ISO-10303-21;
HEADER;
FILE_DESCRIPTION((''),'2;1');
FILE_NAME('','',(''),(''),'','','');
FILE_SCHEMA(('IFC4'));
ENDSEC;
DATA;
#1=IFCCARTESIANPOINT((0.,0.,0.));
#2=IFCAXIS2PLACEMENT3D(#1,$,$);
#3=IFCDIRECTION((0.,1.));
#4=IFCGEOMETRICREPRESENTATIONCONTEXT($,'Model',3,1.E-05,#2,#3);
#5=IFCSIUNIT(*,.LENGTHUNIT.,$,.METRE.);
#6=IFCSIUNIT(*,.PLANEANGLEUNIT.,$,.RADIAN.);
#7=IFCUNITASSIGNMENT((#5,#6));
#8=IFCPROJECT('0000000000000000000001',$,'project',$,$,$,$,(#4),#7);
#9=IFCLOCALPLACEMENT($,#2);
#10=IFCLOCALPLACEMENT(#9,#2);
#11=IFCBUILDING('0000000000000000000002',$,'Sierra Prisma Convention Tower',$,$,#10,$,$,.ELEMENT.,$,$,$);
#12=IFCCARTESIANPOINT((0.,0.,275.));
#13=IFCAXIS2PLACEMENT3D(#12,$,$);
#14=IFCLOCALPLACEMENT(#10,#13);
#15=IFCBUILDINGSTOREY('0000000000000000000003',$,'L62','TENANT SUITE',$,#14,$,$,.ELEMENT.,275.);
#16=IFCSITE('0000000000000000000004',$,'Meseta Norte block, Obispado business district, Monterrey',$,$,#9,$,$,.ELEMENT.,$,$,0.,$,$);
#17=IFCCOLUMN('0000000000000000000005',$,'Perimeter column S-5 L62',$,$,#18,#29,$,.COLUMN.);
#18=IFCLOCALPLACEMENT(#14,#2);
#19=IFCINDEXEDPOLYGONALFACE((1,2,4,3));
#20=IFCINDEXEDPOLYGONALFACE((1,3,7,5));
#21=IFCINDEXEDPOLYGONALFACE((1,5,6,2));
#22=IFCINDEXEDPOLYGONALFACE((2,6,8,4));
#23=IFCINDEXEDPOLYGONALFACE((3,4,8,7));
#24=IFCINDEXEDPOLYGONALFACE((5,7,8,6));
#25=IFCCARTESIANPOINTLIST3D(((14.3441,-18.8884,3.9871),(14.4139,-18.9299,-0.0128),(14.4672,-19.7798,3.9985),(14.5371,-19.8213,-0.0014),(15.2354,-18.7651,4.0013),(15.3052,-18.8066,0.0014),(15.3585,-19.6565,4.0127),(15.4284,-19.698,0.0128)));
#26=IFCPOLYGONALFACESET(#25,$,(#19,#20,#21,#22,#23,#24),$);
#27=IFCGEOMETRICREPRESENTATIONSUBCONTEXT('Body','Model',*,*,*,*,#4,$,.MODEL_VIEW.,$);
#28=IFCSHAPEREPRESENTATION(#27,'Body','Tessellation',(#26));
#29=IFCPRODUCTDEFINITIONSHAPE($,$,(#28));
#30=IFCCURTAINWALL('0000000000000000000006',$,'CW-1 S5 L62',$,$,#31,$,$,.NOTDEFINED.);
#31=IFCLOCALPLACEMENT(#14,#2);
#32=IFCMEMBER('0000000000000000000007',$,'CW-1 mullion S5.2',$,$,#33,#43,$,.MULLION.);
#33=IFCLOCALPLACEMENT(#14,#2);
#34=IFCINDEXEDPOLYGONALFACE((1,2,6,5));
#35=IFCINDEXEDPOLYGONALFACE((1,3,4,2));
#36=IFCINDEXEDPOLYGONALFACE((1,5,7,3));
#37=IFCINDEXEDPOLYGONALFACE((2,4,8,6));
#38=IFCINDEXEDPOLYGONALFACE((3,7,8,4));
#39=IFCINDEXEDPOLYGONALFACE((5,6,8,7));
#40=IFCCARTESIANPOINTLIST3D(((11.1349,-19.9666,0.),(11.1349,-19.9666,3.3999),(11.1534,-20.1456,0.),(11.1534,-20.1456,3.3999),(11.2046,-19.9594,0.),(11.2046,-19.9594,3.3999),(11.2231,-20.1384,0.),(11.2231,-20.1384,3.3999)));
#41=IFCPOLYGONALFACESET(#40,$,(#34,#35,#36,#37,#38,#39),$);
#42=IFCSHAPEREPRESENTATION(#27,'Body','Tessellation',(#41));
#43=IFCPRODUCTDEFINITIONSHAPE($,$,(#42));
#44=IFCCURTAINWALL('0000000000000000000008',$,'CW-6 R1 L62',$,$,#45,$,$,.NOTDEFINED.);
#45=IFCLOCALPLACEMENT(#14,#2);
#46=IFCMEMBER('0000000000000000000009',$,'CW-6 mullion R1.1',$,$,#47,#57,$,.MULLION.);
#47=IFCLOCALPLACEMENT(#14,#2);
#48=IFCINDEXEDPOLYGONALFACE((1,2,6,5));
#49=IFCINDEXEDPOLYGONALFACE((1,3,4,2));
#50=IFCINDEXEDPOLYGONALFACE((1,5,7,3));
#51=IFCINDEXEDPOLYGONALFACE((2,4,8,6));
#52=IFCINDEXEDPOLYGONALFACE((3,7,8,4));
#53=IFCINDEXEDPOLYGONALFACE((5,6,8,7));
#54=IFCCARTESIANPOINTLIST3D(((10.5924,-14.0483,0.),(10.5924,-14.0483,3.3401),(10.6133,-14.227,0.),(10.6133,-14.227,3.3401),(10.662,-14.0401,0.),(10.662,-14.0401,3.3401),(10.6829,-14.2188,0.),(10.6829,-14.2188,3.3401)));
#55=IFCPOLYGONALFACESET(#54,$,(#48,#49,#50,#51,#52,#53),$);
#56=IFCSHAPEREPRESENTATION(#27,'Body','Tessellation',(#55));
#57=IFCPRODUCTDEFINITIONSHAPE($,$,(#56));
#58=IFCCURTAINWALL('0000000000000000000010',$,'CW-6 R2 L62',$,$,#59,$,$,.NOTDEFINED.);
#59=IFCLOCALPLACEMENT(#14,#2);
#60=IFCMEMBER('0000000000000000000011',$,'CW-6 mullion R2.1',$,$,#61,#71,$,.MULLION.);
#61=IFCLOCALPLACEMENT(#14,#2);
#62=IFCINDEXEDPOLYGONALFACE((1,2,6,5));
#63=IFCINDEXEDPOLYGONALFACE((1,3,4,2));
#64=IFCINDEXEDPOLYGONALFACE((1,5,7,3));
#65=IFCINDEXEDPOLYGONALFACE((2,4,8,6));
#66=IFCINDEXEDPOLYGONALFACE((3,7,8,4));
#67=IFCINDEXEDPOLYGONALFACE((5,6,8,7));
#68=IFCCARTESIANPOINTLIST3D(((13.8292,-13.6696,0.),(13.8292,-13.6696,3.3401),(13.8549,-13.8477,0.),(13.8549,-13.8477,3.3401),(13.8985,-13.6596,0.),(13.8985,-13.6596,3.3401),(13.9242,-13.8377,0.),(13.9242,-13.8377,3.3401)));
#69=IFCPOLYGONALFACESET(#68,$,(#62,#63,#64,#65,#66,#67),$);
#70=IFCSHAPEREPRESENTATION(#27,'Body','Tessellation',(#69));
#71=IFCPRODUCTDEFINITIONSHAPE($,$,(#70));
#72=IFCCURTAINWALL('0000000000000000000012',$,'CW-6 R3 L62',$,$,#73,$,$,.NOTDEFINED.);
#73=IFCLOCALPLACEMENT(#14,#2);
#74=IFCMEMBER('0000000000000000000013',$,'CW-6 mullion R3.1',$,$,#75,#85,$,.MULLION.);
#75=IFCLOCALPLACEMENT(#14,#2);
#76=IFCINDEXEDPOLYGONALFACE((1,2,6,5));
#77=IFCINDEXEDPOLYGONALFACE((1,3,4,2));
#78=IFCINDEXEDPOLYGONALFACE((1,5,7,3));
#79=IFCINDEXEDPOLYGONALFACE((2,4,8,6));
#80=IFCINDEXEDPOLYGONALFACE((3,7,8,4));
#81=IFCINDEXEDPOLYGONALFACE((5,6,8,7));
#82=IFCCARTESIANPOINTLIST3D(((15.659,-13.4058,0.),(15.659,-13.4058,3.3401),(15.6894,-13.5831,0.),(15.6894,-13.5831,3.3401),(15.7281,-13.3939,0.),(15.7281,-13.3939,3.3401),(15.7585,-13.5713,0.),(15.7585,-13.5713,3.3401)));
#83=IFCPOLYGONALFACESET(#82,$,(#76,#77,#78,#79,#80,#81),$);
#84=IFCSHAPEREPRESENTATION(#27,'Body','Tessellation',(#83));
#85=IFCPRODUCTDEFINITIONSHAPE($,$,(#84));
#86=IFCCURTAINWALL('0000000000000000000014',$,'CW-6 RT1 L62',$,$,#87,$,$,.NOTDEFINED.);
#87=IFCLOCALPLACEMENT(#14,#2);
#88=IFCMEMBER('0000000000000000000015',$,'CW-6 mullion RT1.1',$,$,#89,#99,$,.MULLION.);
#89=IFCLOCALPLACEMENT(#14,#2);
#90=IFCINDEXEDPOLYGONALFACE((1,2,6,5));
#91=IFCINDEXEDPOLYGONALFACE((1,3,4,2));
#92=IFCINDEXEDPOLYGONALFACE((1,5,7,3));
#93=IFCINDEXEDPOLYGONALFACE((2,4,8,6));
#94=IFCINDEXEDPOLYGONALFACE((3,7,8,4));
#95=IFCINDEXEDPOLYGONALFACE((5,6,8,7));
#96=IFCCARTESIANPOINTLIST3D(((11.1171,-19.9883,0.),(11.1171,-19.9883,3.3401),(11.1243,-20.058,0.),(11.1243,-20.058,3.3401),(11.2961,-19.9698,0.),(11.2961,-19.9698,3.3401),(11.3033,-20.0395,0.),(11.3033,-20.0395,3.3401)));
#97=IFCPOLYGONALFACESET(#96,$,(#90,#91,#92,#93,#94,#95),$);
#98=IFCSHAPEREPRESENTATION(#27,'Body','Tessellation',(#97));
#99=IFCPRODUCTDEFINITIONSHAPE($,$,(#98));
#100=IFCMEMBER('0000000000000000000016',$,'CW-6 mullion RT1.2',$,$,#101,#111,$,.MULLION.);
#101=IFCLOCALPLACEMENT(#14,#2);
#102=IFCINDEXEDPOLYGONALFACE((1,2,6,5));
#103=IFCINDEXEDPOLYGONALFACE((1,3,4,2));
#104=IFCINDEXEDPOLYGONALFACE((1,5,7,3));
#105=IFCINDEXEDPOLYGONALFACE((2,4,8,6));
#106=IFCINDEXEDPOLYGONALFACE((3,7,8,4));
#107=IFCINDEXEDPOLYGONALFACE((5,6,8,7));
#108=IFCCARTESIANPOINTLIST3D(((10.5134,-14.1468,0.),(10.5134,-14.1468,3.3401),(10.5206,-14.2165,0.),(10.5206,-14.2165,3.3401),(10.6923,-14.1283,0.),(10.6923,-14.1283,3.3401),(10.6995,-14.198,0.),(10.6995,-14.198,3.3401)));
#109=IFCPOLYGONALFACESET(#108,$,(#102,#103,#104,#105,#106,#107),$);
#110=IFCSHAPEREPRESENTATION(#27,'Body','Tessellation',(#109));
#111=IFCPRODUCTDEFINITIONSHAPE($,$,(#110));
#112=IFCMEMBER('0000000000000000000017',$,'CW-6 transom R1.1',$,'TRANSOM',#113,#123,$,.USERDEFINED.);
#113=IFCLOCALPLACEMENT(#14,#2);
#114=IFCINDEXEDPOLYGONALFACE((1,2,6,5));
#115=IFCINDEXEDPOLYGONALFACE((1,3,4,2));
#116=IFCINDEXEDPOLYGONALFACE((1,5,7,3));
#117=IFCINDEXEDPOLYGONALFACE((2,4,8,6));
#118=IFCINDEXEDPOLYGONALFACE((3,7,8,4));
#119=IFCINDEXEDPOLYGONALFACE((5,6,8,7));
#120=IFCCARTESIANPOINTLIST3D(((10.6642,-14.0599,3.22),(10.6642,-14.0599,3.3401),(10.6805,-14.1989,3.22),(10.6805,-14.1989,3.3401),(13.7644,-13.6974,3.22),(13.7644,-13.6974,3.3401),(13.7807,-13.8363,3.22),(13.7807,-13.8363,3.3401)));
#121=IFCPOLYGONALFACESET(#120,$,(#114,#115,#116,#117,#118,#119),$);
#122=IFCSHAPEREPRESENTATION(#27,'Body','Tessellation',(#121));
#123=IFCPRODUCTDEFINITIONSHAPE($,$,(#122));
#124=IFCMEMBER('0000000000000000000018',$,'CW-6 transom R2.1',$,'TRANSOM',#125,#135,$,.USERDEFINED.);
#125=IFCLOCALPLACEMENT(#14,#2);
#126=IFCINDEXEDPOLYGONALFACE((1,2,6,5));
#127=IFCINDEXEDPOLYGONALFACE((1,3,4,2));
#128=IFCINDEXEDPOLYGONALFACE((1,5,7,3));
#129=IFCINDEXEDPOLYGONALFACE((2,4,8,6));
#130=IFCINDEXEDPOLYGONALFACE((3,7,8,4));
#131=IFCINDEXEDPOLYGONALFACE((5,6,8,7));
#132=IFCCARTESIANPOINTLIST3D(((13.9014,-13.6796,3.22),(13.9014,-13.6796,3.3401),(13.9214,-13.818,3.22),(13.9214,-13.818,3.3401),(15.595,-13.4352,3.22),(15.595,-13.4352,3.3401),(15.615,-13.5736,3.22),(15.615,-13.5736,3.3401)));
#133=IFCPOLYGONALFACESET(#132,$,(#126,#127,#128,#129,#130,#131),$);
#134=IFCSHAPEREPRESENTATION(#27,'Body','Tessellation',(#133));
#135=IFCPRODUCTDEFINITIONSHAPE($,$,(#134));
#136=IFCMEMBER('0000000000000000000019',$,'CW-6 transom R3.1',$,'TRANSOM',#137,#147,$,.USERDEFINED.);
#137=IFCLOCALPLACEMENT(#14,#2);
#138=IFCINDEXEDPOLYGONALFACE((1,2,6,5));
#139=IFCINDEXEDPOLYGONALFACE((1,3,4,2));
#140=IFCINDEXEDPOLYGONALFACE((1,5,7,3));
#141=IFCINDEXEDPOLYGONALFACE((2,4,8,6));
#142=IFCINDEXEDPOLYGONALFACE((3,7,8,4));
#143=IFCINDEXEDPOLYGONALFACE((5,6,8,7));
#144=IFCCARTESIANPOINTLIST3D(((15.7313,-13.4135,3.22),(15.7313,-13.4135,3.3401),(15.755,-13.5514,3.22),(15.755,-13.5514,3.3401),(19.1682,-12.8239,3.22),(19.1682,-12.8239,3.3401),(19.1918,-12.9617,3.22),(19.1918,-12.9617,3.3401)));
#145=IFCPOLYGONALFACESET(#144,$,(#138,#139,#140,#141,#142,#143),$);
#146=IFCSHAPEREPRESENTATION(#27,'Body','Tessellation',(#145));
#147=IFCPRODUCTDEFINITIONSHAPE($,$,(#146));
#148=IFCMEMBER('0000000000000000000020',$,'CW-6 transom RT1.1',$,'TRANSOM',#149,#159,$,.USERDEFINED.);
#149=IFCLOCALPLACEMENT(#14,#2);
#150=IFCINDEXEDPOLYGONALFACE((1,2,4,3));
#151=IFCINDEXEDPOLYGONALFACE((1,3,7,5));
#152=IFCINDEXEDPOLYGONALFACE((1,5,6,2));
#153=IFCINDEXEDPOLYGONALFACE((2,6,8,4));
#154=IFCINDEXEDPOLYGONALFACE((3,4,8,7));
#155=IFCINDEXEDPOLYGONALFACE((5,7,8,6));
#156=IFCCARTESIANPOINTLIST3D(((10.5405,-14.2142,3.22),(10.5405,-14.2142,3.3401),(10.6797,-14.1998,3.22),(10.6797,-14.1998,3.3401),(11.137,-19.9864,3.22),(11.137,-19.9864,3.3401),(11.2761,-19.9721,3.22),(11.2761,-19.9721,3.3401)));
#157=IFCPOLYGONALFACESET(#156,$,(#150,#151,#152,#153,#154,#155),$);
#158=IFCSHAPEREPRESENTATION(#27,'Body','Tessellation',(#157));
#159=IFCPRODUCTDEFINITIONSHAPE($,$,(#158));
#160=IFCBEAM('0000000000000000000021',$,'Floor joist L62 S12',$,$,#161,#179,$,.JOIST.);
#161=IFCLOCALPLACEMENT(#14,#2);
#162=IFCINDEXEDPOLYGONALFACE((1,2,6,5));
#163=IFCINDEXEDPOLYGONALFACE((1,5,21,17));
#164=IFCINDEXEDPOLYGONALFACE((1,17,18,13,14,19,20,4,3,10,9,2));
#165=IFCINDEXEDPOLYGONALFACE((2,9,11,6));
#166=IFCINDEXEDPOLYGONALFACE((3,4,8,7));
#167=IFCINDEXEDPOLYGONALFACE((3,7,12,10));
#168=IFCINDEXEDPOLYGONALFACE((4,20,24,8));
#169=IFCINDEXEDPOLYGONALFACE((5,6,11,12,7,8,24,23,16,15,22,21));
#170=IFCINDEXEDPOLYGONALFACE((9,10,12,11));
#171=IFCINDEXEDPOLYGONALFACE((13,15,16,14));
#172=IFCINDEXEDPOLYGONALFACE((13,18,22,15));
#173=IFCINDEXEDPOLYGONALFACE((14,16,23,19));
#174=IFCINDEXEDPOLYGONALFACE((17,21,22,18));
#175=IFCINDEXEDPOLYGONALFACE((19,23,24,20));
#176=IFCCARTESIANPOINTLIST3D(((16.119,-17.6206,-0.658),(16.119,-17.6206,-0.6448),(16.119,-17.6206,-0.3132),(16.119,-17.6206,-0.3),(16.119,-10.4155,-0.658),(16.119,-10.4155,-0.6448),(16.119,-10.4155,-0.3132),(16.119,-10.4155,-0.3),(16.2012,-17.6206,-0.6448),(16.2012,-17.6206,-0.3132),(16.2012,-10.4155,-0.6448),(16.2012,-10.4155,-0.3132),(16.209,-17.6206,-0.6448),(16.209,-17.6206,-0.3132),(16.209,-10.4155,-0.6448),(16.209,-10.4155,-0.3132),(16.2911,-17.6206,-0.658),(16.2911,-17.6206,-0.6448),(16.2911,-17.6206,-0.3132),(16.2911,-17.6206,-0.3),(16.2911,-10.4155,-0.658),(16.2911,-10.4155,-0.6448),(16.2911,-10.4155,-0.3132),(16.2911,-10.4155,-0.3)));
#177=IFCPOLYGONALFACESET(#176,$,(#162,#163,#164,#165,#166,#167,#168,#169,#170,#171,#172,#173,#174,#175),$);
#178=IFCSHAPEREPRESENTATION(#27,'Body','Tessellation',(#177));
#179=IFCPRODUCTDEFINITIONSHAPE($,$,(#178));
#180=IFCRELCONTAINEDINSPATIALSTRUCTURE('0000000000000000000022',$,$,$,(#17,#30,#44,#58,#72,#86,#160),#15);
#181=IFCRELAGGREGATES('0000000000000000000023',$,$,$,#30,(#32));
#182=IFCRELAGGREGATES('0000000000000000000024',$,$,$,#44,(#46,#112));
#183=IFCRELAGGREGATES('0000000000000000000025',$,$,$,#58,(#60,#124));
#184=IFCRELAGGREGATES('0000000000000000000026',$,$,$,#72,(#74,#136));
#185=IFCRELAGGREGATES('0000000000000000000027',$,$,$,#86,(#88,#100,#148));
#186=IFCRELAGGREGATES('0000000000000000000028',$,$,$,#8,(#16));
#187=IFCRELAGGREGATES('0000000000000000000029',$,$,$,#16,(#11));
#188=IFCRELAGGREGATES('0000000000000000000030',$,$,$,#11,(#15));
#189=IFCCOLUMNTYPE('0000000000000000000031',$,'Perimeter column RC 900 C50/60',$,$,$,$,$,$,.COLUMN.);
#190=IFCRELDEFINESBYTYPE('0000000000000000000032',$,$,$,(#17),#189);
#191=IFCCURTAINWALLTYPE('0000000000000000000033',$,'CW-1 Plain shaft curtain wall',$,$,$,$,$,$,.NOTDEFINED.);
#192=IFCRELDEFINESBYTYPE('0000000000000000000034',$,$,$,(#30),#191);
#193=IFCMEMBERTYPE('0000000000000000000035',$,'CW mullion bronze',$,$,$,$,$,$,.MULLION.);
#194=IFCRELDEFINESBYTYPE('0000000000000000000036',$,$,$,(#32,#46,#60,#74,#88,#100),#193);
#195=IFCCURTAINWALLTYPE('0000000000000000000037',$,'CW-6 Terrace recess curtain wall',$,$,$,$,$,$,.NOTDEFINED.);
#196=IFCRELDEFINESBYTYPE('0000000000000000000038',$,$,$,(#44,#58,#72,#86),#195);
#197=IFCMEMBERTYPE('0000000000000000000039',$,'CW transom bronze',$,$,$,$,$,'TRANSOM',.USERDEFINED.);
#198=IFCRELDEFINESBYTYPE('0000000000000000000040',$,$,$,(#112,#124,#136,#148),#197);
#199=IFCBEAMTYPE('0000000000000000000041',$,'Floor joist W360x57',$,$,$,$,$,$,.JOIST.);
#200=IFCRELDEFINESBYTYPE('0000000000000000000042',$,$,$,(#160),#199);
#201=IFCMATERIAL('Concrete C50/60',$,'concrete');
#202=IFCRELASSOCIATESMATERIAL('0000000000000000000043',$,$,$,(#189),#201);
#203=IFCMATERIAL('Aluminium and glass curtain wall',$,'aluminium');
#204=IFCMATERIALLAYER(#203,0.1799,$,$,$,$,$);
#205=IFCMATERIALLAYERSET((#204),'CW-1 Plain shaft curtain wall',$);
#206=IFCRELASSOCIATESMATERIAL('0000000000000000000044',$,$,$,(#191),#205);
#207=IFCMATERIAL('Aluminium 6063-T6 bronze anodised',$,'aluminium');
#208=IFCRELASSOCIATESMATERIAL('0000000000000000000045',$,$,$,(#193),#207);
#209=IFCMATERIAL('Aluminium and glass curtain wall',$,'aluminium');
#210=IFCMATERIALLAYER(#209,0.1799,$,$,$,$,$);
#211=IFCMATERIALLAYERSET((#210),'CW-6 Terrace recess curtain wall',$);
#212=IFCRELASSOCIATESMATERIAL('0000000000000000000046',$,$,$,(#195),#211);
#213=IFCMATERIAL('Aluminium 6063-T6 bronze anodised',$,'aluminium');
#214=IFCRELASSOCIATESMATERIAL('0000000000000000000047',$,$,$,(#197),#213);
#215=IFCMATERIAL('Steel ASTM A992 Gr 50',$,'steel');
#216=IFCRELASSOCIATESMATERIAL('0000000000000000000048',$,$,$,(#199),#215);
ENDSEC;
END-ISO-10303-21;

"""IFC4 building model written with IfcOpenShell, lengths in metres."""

from ifc_helpers import new_model, si_unit, direction, frame, origin, origin_2d, place, context, subcontext, project, spatial, rectangle, i_section, extrude, material, layer, layer_set, material_profile, profile_set, type_object, element, aggregate, save


model = new_model("IFC4")

# Units and contexts
model_context = context("Model", 3, precision=1e-05, world=origin(), true_north=direction((0.0, 1.0)))
body_context = subcontext(model_context, "Body", "Model", "MODEL_VIEW")
ifc_project = project(units=[si_unit("LENGTHUNIT", "METRE"), si_unit("PLANEANGLEUNIT", "RADIAN")], contexts=[model_context])

# Site, building, storey
site_placement = place(None, origin())
site = spatial("IfcSite", under=ifc_project, at=site_placement, Name="Meseta Norte block, Obispado business district, Monterrey", CompositionType="ELEMENT", RefElevation=0.0)
building_placement = place(site_placement, origin())
building = spatial("IfcBuilding", under=site, at=building_placement, Name="Sierra Prisma Convention Tower", CompositionType="ELEMENT")
storey_placement = place(building_placement, frame((0.0, 0.0, 275.0)))
storey = spatial("IfcBuildingStorey", under=building, at=storey_placement, Name="L62", Description="TENANT SUITE", CompositionType="ELEMENT", Elevation=275.0)

# Column
ifc_material_1 = material(Name="Concrete C50/60", Category="concrete")
ifc_material_profile_1 = material_profile(ifc_material_1, rectangle(XDim=0.8999, YDim=0.8999, at=origin_2d()), Name="Perimeter column RC 900 C50/60")
ifc_profile_set_1 = profile_set([ifc_material_profile_1], Name="Concrete C50/60")
column_type = type_object("IfcColumnType", Name="Perimeter column RC 900 C50/60", PredefinedType="COLUMN", material=ifc_profile_set_1)
column_placement = place(storey_placement, frame((14.9211, -19.314, 0.0), z_axis=(-0.017452, 0.010374, 0.999794), x_axis=(0.990437, 0.137048, 0.015867)))
element("IfcColumn", 1, at=column_placement, inside=storey, type_object=column_type, Name="Perimeter column S-5 L62", PredefinedType="COLUMN", context=body_context, shape_type="SweptSolid", body=[
    extrude(rectangle(XDim=0.8999, YDim=0.8999, at=origin_2d()), origin(), (0.0, 0.0, 1.0), 4.0007),
])

# Curtain walls, members
ifc_material_2 = material(Name="Aluminium and glass curtain wall", Category="aluminium")
ifc_layer_1 = layer(ifc_material_2, 0.1799)
ifc_layer_set_1 = layer_set([ifc_layer_1], Name="CW-1 Plain shaft curtain wall")
curtain_wall_type_1 = type_object("IfcCurtainWallType", Name="CW-1 Plain shaft curtain wall", PredefinedType="NOTDEFINED", material=ifc_layer_set_1)
curtain_wall_1_placement = place(storey_placement, origin())
curtain_wall_1 = element("IfcCurtainWall", 2, at=curtain_wall_1_placement, inside=storey, type_object=curtain_wall_type_1, Name="CW-1 S5 L62", PredefinedType="NOTDEFINED")
ifc_material_3 = material(Name="Aluminium 6063-T6 bronze anodised", Category="aluminium")
ifc_material_profile_2 = material_profile(ifc_material_3, rectangle(XDim=0.1799, YDim=0.0701, at=origin_2d()), Name="ALU MULLION 70x180")
ifc_profile_set_2 = profile_set([ifc_material_profile_2], Name="Aluminium 6063-T6 bronze anodised")
member_type_1 = type_object("IfcMemberType", Name="CW mullion bronze", PredefinedType="MULLION", material=ifc_profile_set_2)
member_1_placement = place(storey_placement, frame((11.179, -20.0525, 0.0), z_axis=(0.0, 0.0, 1.0), x_axis=(-0.102799, 0.994702, 0.0)))
member_1 = element("IfcMember", 3, at=member_1_placement, type_object=member_type_1, Name="CW-1 mullion S5.2", PredefinedType="MULLION", context=body_context, shape_type="SweptSolid", body=[
    extrude(rectangle(XDim=0.1799, YDim=0.0701, at=origin_2d()), origin(), (0.0, 0.0, 1.0), 3.3999),
])
ifc_material_4 = material(Name="Aluminium and glass curtain wall", Category="aluminium")
ifc_layer_2 = layer(ifc_material_4, 0.1799)
ifc_layer_set_2 = layer_set([ifc_layer_2], Name="CW-6 Terrace recess curtain wall")
curtain_wall_type_2 = type_object("IfcCurtainWallType", Name="CW-6 Terrace recess curtain wall", PredefinedType="NOTDEFINED", material=ifc_layer_set_2)
curtain_wall_2_placement = place(storey_placement, origin())
curtain_wall_2 = element("IfcCurtainWall", 4, at=curtain_wall_2_placement, inside=storey, type_object=curtain_wall_type_2, Name="CW-6 R1 L62", PredefinedType="NOTDEFINED")
member_2_placement = place(storey_placement, frame((10.6377, -14.1335, 0.0), z_axis=(0.0, 0.0, 1.0), x_axis=(-0.11615, 0.993232, 0.0)))
member_2 = element("IfcMember", 5, at=member_2_placement, type_object=member_type_1, Name="CW-6 mullion R1.1", PredefinedType="MULLION", context=body_context, shape_type="SweptSolid", body=[
    extrude(rectangle(XDim=0.1799, YDim=0.0701, at=origin_2d()), origin(), (0.0, 0.0, 1.0), 3.3401),
])
curtain_wall_3_placement = place(storey_placement, origin())
curtain_wall_3 = element("IfcCurtainWall", 6, at=curtain_wall_3_placement, inside=storey, type_object=curtain_wall_type_2, Name="CW-6 R2 L62", PredefinedType="NOTDEFINED")
member_3_placement = place(storey_placement, frame((13.8767, -13.7537, 0.0), z_axis=(0.0, 0.0, 1.0), x_axis=(-0.142788, 0.989753, 0.0)))
member_3 = element("IfcMember", 7, at=member_3_placement, type_object=member_type_1, Name="CW-6 mullion R2.1", PredefinedType="MULLION", context=body_context, shape_type="SweptSolid", body=[
    extrude(rectangle(XDim=0.1799, YDim=0.0701, at=origin_2d()), origin(), (0.0, 0.0, 1.0), 3.3401),
])
curtain_wall_4_placement = place(storey_placement, origin())
curtain_wall_4 = element("IfcCurtainWall", 8, at=curtain_wall_4_placement, inside=storey, type_object=curtain_wall_type_2, Name="CW-6 R3 L62", PredefinedType="NOTDEFINED")
member_4_placement = place(storey_placement, frame((15.7087, -13.4885, 0.0), z_axis=(0.0, 0.0, 1.0), x_axis=(-0.16914, 0.985592, 0.0)))
member_4 = element("IfcMember", 9, at=member_4_placement, type_object=member_type_1, Name="CW-6 mullion R3.1", PredefinedType="MULLION", context=body_context, shape_type="SweptSolid", body=[
    extrude(rectangle(XDim=0.1799, YDim=0.0701, at=origin_2d()), origin(), (0.0, 0.0, 1.0), 3.3401),
])

# Curtain wall, members
curtain_wall_5_placement = place(storey_placement, origin())
curtain_wall_5 = element("IfcCurtainWall", 10, at=curtain_wall_5_placement, inside=storey, type_object=curtain_wall_type_2, Name="CW-6 RT1 L62", PredefinedType="NOTDEFINED")
member_5_placement = place(storey_placement, frame((11.2102, -20.0139, 0.0), z_axis=(0.0, 0.0, 1.0), x_axis=(-0.994702, -0.102799, 0.0)))
member_5 = element("IfcMember", 11, at=member_5_placement, type_object=member_type_1, Name="CW-6 mullion RT1.1", PredefinedType="MULLION", context=body_context, shape_type="SweptSolid", body=[
    extrude(rectangle(XDim=0.1799, YDim=0.0701, at=origin_2d()), origin(), (0.0, 0.0, 1.0), 3.3401),
])
member_6_placement = place(storey_placement, frame((10.6064, -14.1724, 0.0), z_axis=(0.0, 0.0, 1.0), x_axis=(-0.994702, -0.102799, 0.0)))
member_6 = element("IfcMember", 12, at=member_6_placement, type_object=member_type_1, Name="CW-6 mullion RT1.2", PredefinedType="MULLION", context=body_context, shape_type="SweptSolid", body=[
    extrude(rectangle(XDim=0.1799, YDim=0.0701, at=origin_2d()), origin(), (0.0, 0.0, 1.0), 3.3401),
])

# Members
ifc_material_5 = material(Name="Aluminium 6063-T6 bronze anodised", Category="aluminium")
ifc_material_profile_3 = material_profile(ifc_material_5, rectangle(XDim=0.1399, YDim=0.1201, at=origin_2d()), Name="ALU TRANSOM 120x140")
ifc_profile_set_3 = profile_set([ifc_material_profile_3], Name="Aluminium 6063-T6 bronze anodised")
member_type_2 = type_object("IfcMemberType", Name="CW transom bronze", ElementType="TRANSOM", PredefinedType="USERDEFINED", material=ifc_profile_set_3)
member_7_placement = place(storey_placement, frame((10.6724, -14.1294, 3.28), z_axis=(0.993231, 0.116156, 0.0), x_axis=(-0.116156, 0.993231, 0.0)))
member_7 = element("IfcMember", 13, at=member_7_placement, type_object=member_type_2, Name="CW-6 transom R1.1", ObjectType="TRANSOM", PredefinedType="USERDEFINED", context=body_context, shape_type="SweptSolid", body=[
    extrude(rectangle(XDim=0.1399, YDim=0.1201, at=origin_2d()), origin(), (0.0, 0.0, 1.0), 3.1213),
])
member_8_placement = place(storey_placement, frame((13.9114, -13.7488, 3.28), z_axis=(0.989749, 0.142819, 0.0), x_axis=(-0.142819, 0.989749, 0.0)))
member_8 = element("IfcMember", 14, at=member_8_placement, type_object=member_type_2, Name="CW-6 transom R2.1", ObjectType="TRANSOM", PredefinedType="USERDEFINED", context=body_context, shape_type="SweptSolid", body=[
    extrude(rectangle(XDim=0.1399, YDim=0.1201, at=origin_2d()), origin(), (0.0, 0.0, 1.0), 1.7112),
])
member_9_placement = place(storey_placement, frame((15.7432, -13.4824, 3.28), z_axis=(0.985601, 0.169086, 0.0), x_axis=(-0.169086, 0.985601, 0.0)))
member_9 = element("IfcMember", 15, at=member_9_placement, type_object=member_type_2, Name="CW-6 transom R3.1", ObjectType="TRANSOM", PredefinedType="USERDEFINED", context=body_context, shape_type="SweptSolid", body=[
    extrude(rectangle(XDim=0.1399, YDim=0.1201, at=origin_2d()), origin(), (0.0, 0.0, 1.0), 3.4871),
])
member_10_placement = place(storey_placement, frame((11.2065, -19.9792, 3.28), z_axis=(-0.102781, 0.994704, 0.0), x_axis=(-0.994704, -0.102781, 0.0)))
member_10 = element("IfcMember", 16, at=member_10_placement, type_object=member_type_2, Name="CW-6 transom RT1.1", ObjectType="TRANSOM", PredefinedType="USERDEFINED", context=body_context, shape_type="SweptSolid", body=[
    extrude(rectangle(XDim=0.1399, YDim=0.1201, at=origin_2d()), origin(), (0.0, 0.0, 1.0), 5.803),
])

# Beam
ifc_material_6 = material(Name="Steel ASTM A992 Gr 50", Category="steel")
ifc_material_profile_4 = material_profile(ifc_material_6, i_section(OverallWidth=0.1721, OverallDepth=0.3579, WebThickness=0.0078, FlangeThickness=0.0132, at=origin_2d()), Name="W360x57")
ifc_profile_set_4 = profile_set([ifc_material_profile_4], Name="Steel ASTM A992 Gr 50")
beam_type_1 = type_object("IfcBeamType", Name="Floor joist W360x57", PredefinedType="JOIST", material=ifc_profile_set_4)
beam_1_placement = place(storey_placement, frame((16.2051, -17.6206, -0.479), z_axis=(0.0, 1.0, 0.0), x_axis=(-1.0, 0.0, 0.0)))
element("IfcBeam", 17, at=beam_1_placement, inside=storey, type_object=beam_type_1, Name="Floor joist L62 S12", PredefinedType="JOIST", context=body_context, shape_type="SweptSolid", body=[
    extrude(i_section(OverallWidth=0.1721, OverallDepth=0.3579, WebThickness=0.0078, FlangeThickness=0.0132, at=origin_2d()), origin(), (0.0, 0.0, 1.0), 7.2051),
])

aggregate(curtain_wall_1, [member_1])
aggregate(curtain_wall_2, [member_2, member_7])
aggregate(curtain_wall_3, [member_3, member_8])
aggregate(curtain_wall_4, [member_4, member_9])
aggregate(curtain_wall_5, [member_5, member_6, member_10])

save(model, "model.ifc")
